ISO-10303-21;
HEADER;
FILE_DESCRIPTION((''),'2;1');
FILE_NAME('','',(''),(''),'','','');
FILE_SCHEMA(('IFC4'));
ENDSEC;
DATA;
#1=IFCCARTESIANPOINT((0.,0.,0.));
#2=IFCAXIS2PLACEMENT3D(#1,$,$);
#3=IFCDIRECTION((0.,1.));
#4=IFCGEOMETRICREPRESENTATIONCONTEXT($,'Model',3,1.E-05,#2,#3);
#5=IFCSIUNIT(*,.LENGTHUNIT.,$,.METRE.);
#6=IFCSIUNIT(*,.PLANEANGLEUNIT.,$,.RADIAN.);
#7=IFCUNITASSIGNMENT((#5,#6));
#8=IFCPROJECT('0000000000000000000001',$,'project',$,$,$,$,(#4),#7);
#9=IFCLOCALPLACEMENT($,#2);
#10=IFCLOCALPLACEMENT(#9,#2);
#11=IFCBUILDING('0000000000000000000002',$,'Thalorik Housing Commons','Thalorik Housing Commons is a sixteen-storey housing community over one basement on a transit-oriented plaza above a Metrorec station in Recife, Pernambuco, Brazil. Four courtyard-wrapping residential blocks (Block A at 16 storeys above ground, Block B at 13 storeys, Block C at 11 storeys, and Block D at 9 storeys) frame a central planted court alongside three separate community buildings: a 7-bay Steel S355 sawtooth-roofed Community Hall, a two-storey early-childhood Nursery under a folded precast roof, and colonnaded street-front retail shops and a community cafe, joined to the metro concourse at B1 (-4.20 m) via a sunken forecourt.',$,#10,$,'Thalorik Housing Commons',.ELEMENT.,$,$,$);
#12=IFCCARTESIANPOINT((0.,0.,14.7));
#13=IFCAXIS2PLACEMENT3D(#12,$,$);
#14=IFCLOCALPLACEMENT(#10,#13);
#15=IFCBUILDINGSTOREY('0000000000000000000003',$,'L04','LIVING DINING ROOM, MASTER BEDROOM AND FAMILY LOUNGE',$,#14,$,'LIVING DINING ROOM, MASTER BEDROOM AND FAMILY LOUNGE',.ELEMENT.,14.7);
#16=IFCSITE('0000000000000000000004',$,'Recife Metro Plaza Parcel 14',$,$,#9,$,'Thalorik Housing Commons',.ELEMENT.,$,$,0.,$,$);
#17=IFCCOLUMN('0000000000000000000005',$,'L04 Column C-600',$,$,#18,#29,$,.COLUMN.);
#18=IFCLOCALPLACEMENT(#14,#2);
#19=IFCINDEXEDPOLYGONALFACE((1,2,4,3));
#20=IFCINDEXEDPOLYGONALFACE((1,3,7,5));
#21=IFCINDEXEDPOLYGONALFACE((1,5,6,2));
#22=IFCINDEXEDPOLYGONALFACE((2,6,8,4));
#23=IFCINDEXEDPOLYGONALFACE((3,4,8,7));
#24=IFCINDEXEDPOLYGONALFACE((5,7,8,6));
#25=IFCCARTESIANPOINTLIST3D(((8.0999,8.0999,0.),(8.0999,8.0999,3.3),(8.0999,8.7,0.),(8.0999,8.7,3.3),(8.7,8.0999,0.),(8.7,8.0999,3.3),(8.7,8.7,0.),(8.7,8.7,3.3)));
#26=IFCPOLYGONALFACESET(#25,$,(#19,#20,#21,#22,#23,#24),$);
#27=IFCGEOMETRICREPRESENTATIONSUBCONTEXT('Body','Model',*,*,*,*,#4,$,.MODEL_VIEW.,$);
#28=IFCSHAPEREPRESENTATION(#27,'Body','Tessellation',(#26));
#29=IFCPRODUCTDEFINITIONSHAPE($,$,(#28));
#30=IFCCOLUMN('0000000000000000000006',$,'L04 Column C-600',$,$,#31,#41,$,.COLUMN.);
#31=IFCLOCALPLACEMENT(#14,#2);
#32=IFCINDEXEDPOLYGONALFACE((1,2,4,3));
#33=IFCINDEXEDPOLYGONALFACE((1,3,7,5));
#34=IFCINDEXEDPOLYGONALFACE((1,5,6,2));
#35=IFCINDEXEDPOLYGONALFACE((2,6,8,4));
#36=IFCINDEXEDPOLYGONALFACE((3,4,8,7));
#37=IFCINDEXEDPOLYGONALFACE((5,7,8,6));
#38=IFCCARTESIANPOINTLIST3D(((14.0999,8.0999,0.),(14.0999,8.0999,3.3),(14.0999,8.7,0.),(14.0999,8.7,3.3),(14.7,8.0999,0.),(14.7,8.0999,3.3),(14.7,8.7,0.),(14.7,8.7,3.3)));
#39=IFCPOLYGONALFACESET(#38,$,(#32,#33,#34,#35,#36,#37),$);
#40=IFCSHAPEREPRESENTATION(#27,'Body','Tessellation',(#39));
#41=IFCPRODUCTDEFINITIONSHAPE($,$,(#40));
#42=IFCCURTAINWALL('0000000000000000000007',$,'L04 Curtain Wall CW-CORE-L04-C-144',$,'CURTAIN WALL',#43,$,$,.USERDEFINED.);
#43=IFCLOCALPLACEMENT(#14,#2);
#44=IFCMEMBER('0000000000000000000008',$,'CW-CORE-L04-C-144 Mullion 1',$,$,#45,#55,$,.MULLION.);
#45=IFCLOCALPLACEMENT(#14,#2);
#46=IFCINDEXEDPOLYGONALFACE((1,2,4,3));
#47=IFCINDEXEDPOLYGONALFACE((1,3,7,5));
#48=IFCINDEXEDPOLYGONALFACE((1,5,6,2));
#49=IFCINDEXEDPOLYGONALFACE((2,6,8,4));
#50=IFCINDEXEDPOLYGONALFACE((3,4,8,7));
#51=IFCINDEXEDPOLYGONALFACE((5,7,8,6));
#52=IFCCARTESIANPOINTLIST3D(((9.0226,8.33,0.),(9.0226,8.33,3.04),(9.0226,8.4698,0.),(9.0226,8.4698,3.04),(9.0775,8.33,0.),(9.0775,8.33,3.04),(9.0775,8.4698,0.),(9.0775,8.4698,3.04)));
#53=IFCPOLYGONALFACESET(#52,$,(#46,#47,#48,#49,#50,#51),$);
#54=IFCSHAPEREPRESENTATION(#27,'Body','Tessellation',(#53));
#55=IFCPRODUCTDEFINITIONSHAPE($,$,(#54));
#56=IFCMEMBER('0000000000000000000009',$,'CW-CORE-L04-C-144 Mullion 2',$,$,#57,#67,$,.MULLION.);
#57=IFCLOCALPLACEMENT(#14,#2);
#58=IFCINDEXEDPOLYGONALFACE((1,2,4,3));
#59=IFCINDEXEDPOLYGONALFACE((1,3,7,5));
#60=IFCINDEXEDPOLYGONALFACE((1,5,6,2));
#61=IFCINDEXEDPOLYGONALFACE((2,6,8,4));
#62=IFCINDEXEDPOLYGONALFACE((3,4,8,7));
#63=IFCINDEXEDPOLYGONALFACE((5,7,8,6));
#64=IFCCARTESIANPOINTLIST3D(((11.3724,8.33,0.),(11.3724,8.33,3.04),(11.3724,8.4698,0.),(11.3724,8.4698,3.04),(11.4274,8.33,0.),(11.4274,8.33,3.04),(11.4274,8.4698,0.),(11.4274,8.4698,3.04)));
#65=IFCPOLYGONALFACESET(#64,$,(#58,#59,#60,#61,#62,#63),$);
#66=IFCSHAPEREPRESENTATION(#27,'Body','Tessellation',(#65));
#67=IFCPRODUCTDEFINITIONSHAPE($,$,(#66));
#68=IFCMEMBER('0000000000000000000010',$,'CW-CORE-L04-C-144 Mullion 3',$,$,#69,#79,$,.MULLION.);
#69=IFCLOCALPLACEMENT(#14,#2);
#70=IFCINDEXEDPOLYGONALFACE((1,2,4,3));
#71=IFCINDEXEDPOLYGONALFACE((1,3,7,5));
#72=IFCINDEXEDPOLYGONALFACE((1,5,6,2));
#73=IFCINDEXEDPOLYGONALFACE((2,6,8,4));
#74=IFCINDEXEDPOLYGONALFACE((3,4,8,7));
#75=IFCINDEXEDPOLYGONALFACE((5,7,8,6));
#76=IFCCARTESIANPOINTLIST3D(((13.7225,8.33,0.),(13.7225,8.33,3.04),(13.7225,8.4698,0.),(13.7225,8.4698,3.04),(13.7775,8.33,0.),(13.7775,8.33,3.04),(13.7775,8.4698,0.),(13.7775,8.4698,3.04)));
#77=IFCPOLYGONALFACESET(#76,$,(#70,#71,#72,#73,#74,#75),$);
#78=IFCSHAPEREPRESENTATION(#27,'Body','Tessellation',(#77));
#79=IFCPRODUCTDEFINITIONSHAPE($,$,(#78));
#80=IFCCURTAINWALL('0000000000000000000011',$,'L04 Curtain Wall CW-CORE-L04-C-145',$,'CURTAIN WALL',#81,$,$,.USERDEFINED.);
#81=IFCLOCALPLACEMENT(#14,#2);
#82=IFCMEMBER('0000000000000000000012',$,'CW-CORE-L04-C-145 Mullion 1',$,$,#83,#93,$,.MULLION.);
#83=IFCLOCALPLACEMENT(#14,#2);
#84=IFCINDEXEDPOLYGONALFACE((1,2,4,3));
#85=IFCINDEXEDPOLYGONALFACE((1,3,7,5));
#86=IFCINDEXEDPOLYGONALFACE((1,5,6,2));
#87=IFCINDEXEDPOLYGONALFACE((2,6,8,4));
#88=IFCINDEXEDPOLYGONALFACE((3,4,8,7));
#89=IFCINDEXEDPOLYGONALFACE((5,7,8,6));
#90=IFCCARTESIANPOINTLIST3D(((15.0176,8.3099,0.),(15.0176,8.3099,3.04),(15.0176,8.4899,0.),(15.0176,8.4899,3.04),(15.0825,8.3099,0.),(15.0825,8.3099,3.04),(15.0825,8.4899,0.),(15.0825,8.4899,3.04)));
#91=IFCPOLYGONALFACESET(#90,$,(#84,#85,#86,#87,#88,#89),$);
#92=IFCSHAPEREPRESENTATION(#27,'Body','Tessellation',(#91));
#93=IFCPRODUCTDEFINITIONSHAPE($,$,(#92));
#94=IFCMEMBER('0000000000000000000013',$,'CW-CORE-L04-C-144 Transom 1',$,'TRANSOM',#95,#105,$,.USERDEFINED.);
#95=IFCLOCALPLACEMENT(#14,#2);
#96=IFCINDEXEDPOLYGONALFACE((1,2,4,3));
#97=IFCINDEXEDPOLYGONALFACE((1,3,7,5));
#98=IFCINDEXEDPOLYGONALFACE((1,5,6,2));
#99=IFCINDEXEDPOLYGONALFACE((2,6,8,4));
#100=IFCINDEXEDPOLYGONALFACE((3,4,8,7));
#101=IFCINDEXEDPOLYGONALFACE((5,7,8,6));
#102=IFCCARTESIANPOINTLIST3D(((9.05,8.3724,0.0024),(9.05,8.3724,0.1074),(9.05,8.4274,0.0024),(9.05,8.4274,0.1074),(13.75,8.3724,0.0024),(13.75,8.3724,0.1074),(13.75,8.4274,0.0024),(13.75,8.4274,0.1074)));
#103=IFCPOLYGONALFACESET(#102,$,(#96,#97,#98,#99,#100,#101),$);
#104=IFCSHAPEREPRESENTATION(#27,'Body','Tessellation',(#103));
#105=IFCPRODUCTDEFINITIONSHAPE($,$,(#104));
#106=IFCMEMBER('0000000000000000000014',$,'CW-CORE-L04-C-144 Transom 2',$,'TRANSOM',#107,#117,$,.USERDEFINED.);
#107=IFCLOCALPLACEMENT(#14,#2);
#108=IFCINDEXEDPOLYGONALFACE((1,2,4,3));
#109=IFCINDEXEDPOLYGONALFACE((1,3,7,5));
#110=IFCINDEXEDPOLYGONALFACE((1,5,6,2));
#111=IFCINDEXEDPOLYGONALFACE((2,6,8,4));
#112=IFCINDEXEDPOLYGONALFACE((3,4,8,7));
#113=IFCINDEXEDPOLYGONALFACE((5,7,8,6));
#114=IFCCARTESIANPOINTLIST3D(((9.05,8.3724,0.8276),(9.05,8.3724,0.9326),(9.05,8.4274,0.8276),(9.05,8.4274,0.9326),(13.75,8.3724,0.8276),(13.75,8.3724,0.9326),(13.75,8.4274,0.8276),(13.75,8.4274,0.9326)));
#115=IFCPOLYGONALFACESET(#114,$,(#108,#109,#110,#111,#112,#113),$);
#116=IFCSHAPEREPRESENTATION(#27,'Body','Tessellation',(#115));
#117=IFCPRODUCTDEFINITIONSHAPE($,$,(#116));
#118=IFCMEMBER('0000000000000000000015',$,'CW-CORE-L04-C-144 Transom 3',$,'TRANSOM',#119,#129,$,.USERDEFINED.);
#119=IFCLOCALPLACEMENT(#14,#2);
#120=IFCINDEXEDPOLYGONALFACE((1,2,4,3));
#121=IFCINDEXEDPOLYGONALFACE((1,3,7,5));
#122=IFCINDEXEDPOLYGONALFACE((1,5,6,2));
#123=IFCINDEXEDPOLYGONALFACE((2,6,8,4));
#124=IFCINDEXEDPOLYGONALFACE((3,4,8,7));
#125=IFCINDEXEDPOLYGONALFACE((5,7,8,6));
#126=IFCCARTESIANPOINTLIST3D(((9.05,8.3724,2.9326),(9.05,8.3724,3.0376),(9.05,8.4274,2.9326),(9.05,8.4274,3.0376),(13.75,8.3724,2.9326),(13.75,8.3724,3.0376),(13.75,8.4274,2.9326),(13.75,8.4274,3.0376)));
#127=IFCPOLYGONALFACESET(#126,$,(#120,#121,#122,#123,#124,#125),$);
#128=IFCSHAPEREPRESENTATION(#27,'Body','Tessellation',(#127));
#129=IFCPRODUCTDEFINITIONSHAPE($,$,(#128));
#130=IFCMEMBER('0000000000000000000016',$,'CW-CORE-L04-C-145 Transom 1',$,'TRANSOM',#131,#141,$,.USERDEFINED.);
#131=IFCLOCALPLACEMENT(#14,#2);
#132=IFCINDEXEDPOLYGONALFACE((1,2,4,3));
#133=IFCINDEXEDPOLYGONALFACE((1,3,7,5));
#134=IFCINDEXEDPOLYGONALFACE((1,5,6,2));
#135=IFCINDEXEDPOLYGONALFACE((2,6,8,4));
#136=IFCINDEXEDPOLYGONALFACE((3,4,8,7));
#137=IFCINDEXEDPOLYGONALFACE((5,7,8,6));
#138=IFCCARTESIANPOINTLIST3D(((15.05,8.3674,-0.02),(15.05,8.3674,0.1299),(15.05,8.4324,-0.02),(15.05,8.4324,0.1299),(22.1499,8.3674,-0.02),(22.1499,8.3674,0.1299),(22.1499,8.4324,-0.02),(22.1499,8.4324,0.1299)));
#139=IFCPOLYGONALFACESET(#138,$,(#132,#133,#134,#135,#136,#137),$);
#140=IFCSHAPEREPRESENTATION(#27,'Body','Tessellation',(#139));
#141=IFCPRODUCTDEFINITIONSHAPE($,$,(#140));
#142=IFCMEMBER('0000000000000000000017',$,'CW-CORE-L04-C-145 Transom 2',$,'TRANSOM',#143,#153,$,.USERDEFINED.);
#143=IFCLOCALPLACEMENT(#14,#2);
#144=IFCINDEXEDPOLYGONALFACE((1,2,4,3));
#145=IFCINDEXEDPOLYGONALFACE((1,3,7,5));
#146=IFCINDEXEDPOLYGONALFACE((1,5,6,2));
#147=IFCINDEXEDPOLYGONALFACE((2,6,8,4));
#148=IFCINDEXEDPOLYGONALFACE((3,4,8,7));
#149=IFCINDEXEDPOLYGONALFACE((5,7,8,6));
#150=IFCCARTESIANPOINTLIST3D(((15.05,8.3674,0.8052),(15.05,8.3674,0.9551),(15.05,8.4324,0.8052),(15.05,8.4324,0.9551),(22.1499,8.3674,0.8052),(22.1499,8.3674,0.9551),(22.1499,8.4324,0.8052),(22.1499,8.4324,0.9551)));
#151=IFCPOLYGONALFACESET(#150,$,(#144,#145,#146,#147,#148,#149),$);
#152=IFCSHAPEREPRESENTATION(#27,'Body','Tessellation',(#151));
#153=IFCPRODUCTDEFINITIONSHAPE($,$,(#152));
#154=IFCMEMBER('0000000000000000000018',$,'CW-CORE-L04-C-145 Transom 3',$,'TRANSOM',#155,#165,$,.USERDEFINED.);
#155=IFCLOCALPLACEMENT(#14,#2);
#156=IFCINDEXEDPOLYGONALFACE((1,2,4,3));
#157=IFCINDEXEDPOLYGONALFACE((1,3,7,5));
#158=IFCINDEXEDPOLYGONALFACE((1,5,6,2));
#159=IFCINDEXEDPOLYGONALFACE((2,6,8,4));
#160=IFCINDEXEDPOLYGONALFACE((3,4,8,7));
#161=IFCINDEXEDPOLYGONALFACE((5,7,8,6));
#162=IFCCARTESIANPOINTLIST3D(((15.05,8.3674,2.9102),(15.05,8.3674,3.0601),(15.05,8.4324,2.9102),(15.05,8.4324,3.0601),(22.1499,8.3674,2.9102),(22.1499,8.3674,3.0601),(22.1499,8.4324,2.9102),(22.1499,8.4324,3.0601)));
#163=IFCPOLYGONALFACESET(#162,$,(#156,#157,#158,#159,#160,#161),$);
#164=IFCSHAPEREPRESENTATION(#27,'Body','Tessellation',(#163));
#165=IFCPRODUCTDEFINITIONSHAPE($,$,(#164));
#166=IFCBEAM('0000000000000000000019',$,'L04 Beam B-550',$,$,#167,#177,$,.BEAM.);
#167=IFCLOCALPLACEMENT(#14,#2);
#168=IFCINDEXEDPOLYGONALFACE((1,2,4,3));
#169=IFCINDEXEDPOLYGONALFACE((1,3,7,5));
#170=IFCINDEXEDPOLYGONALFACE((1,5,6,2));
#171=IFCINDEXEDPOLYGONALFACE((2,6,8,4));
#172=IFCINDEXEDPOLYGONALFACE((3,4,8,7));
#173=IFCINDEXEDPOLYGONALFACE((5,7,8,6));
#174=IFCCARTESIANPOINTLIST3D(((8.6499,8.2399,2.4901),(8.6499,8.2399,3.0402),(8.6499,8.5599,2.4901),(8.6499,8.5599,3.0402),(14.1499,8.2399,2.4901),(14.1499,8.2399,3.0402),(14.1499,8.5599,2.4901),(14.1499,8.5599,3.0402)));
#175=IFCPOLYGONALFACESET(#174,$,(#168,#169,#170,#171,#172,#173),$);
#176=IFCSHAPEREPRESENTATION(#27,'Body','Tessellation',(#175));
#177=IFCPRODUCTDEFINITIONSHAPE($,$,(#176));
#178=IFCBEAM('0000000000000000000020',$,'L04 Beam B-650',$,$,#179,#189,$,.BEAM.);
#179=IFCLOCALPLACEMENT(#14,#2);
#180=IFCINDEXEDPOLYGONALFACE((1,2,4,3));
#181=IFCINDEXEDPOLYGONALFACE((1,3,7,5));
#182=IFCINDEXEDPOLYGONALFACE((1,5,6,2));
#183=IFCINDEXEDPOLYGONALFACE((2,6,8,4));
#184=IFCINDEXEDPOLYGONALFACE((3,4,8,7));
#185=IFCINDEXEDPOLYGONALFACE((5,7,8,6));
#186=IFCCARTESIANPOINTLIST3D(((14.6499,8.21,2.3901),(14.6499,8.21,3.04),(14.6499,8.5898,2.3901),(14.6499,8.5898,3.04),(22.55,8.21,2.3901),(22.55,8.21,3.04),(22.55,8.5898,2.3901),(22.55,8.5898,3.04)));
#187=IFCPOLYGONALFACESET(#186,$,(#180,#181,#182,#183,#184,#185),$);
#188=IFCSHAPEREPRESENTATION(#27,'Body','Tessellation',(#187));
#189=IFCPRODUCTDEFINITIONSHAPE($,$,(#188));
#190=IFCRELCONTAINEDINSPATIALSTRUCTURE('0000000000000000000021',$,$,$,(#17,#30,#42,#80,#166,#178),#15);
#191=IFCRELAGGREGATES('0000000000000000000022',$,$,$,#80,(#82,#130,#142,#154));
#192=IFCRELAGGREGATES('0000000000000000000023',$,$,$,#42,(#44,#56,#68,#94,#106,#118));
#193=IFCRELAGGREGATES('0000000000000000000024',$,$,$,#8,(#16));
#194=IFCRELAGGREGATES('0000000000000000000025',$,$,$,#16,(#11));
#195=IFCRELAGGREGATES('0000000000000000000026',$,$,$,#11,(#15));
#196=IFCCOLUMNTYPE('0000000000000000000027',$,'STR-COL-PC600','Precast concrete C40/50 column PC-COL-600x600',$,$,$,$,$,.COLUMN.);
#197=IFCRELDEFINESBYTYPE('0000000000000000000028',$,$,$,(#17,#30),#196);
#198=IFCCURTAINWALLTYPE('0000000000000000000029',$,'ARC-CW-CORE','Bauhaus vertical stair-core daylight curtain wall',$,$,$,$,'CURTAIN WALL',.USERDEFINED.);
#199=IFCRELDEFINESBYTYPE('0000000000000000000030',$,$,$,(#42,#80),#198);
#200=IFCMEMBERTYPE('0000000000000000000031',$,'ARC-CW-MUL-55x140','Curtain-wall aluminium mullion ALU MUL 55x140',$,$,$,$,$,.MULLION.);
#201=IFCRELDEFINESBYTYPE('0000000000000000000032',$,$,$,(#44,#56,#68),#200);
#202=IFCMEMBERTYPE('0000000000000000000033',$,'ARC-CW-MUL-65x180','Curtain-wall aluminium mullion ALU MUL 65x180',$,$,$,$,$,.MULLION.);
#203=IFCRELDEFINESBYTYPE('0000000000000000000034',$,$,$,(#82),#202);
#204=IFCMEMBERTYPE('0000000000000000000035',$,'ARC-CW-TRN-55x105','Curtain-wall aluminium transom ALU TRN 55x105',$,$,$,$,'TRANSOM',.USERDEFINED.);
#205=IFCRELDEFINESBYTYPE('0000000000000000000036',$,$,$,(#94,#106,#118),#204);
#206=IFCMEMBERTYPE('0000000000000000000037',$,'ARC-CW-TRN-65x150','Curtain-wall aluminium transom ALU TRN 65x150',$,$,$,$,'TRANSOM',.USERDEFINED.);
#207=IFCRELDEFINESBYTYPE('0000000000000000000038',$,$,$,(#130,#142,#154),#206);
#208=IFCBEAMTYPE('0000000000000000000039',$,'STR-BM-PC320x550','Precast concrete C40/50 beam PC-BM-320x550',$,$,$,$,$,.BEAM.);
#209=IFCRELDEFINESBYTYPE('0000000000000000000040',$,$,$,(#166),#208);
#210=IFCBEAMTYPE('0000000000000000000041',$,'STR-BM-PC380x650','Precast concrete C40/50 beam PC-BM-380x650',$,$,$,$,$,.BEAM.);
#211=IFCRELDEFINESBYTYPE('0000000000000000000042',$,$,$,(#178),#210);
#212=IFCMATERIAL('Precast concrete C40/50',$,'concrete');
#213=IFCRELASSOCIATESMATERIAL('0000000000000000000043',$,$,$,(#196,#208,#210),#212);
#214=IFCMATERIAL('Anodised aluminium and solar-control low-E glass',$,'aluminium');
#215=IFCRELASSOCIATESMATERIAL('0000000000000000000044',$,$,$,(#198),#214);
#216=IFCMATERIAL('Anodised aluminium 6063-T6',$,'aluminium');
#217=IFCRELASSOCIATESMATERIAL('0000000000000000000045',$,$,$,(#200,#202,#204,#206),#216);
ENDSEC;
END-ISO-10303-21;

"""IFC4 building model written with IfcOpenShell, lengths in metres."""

from ifc_helpers import new_model, si_unit, direction, frame, origin, origin_2d, place, context, subcontext, project, spatial, rectangle, extrude, material, material_profile, profile_set, type_object, element, aggregate, save


model = new_model("IFC4")

# Units and contexts
model_context = context("Model", 3, precision=1e-05, world=origin(), true_north=direction((0.0, 1.0)))
body_context = subcontext(model_context, "Body", "Model", "MODEL_VIEW")
ifc_project = project(units=[si_unit("LENGTHUNIT", "METRE"), si_unit("PLANEANGLEUNIT", "RADIAN")], contexts=[model_context])

# Site, building, storey
site_placement = place(None, origin())
site = spatial("IfcSite", under=ifc_project, at=site_placement, Name="Recife Metro Plaza Parcel 14", LongName="Thalorik Housing Commons", CompositionType="ELEMENT", RefElevation=0.0)
building_placement = place(site_placement, origin())
building = spatial("IfcBuilding", under=site, at=building_placement, Name="Thalorik Housing Commons", Description="Thalorik Housing Commons is a sixteen-storey housing community over one basement on a transit-oriented plaza above a Metrorec station in Recife, Pernambuco, Brazil. Four courtyard-wrapping residential blocks (Block A at 16 storeys above ground, Block B at 13 storeys, Block C at 11 storeys, and Block D at 9 storeys) frame a central planted court alongside three separate community buildings: a 7-bay Steel S355 sawtooth-roofed Community Hall, a two-storey early-childhood Nursery under a folded precast roof, and colonnaded street-front retail shops and a community cafe, joined to the metro concourse at B1 (-4.20 m) via a sunken forecourt.", LongName="Thalorik Housing Commons", CompositionType="ELEMENT")
storey_placement = place(building_placement, frame((0.0, 0.0, 14.7)))
storey = spatial("IfcBuildingStorey", under=building, at=storey_placement, Name="L04", Description="LIVING DINING ROOM, MASTER BEDROOM AND FAMILY LOUNGE", LongName="LIVING DINING ROOM, MASTER BEDROOM AND FAMILY LOUNGE", CompositionType="ELEMENT", Elevation=14.7)

# Columns
ifc_material_1 = material(Name="Precast concrete C40/50", Category="concrete")
ifc_material_profile_1 = material_profile(ifc_material_1, rectangle(XDim=0.6001, YDim=0.6001, at=origin_2d()), Name="PC 600x600", Category="concrete")
ifc_profile_set_1 = profile_set([ifc_material_profile_1], Name="Precast concrete C40/50")
column_type = type_object("IfcColumnType", Name="STR-COL-PC600", Description="Precast concrete C40/50 column PC-COL-600x600", PredefinedType="COLUMN", material=ifc_profile_set_1)
for number, where, z_axis, x_axis, name in (
    (1, (8.3999, 8.3999, 0.0), (0.0, 0.0, 1.0), (1.0, 0.0, 0.0), "L04 Column C-600"),
    (2, (14.3999, 8.3999, 0.0), (0.0, 0.0, 1.0), (1.0, 0.0, 0.0), "L04 Column C-600"),
):
    element("IfcColumn", number, at=place(storey_placement, frame(where, z_axis=z_axis, x_axis=x_axis)), inside=storey, type_object=column_type, Name=name, PredefinedType="COLUMN", context=body_context, shape_type="SweptSolid", body=[
        extrude(rectangle(XDim=0.6001, YDim=0.6001, at=origin_2d()), origin(), (0.0, 0.0, 1.0), 3.3),
    ])

# Curtain wall, members
ifc_material_2 = material(Name="Anodised aluminium and solar-control low-E glass", Category="aluminium")
curtain_wall_type = type_object("IfcCurtainWallType", Name="ARC-CW-CORE", Description="Bauhaus vertical stair-core daylight curtain wall", ElementType="CURTAIN WALL", PredefinedType="USERDEFINED", material=ifc_material_2)
curtain_wall_1_placement = place(storey_placement, origin())
curtain_wall_1 = element("IfcCurtainWall", 3, at=curtain_wall_1_placement, inside=storey, type_object=curtain_wall_type, Name="L04 Curtain Wall CW-CORE-L04-C-144", ObjectType="CURTAIN WALL", PredefinedType="USERDEFINED")
ifc_material_3 = material(Name="Anodised aluminium 6063-T6", Category="aluminium")
ifc_material_profile_2 = material_profile(ifc_material_3, rectangle(XDim=0.0549, YDim=0.1399, at=origin_2d()), Name="ALU MUL 55x140", Category="aluminium")
ifc_profile_set_2 = profile_set([ifc_material_profile_2], Name="Anodised aluminium 6063-T6")
member_type_1 = type_object("IfcMemberType", Name="ARC-CW-MUL-55x140", Description="Curtain-wall aluminium mullion ALU MUL 55x140", PredefinedType="MULLION", material=ifc_profile_set_2)
member_1_placement = place(storey_placement, frame((9.05, 8.3999, 0.0), z_axis=(0.0, 0.0, 1.0), x_axis=(1.0, 0.0, 0.0)))
member_1 = element("IfcMember", 4, at=member_1_placement, type_object=member_type_1, Name="CW-CORE-L04-C-144 Mullion 1", PredefinedType="MULLION", context=body_context, shape_type="SweptSolid", body=[
    extrude(rectangle(XDim=0.0549, YDim=0.1399, at=origin_2d()), origin(), (0.0, 0.0, 1.0), 3.04),
])
member_2_placement = place(storey_placement, frame((11.3999, 8.3999, 0.0), z_axis=(0.0, 0.0, 1.0), x_axis=(1.0, 0.0, 0.0)))
member_2 = element("IfcMember", 5, at=member_2_placement, type_object=member_type_1, Name="CW-CORE-L04-C-144 Mullion 2", PredefinedType="MULLION", context=body_context, shape_type="SweptSolid", body=[
    extrude(rectangle(XDim=0.0549, YDim=0.1399, at=origin_2d()), origin(), (0.0, 0.0, 1.0), 3.04),
])
member_3_placement = place(storey_placement, frame((13.75, 8.3999, 0.0), z_axis=(0.0, 0.0, 1.0), x_axis=(1.0, 0.0, 0.0)))
member_3 = element("IfcMember", 6, at=member_3_placement, type_object=member_type_1, Name="CW-CORE-L04-C-144 Mullion 3", PredefinedType="MULLION", context=body_context, shape_type="SweptSolid", body=[
    extrude(rectangle(XDim=0.0549, YDim=0.1399, at=origin_2d()), origin(), (0.0, 0.0, 1.0), 3.04),
])

# Curtain wall, member
curtain_wall_2_placement = place(storey_placement, origin())
curtain_wall_2 = element("IfcCurtainWall", 7, at=curtain_wall_2_placement, inside=storey, type_object=curtain_wall_type, Name="L04 Curtain Wall CW-CORE-L04-C-145", ObjectType="CURTAIN WALL", PredefinedType="USERDEFINED")
ifc_material_profile_3 = material_profile(ifc_material_3, rectangle(XDim=0.0649, YDim=0.1799, at=origin_2d()), Name="ALU MUL 65x180", Category="aluminium")
ifc_profile_set_3 = profile_set([ifc_material_profile_3], Name="Anodised aluminium 6063-T6")
member_type_2 = type_object("IfcMemberType", Name="ARC-CW-MUL-65x180", Description="Curtain-wall aluminium mullion ALU MUL 65x180", PredefinedType="MULLION", material=ifc_profile_set_3)
member_4_placement = place(storey_placement, frame((15.05, 8.3999, 0.0), z_axis=(0.0, 0.0, 1.0), x_axis=(1.0, 0.0, 0.0)))
member_4 = element("IfcMember", 8, at=member_4_placement, type_object=member_type_2, Name="CW-CORE-L04-C-145 Mullion 1", PredefinedType="MULLION", context=body_context, shape_type="SweptSolid", body=[
    extrude(rectangle(XDim=0.0649, YDim=0.1799, at=origin_2d()), origin(), (0.0, 0.0, 1.0), 3.04),
])

# Members
ifc_material_profile_4 = material_profile(ifc_material_3, rectangle(XDim=0.0549, YDim=0.105, at=origin_2d()), Name="ALU TRN 55x105", Category="aluminium")
ifc_profile_set_4 = profile_set([ifc_material_profile_4], Name="Anodised aluminium 6063-T6")
member_type_3 = type_object("IfcMemberType", Name="ARC-CW-TRN-55x105", Description="Curtain-wall aluminium transom ALU TRN 55x105", ElementType="TRANSOM", PredefinedType="USERDEFINED", material=ifc_profile_set_4)
member_5_placement = place(storey_placement, frame((9.05, 8.3999, 0.0549), z_axis=(1.0, 0.0, 0.0), x_axis=(0.0, 1.0, 0.0)))
member_5 = element("IfcMember", 9, at=member_5_placement, type_object=member_type_3, Name="CW-CORE-L04-C-144 Transom 1", ObjectType="TRANSOM", PredefinedType="USERDEFINED", context=body_context, shape_type="SweptSolid", body=[
    extrude(rectangle(XDim=0.0549, YDim=0.105, at=origin_2d()), origin(), (0.0, 0.0, 1.0), 4.7),
])
member_6_placement = place(storey_placement, frame((9.05, 8.3999, 0.8801), z_axis=(1.0, 0.0, 0.0), x_axis=(0.0, 1.0, 0.0)))
member_6 = element("IfcMember", 10, at=member_6_placement, type_object=member_type_3, Name="CW-CORE-L04-C-144 Transom 2", ObjectType="TRANSOM", PredefinedType="USERDEFINED", context=body_context, shape_type="SweptSolid", body=[
    extrude(rectangle(XDim=0.0549, YDim=0.105, at=origin_2d()), origin(), (0.0, 0.0, 1.0), 4.7),
])
member_7_placement = place(storey_placement, frame((9.05, 8.3999, 2.9851), z_axis=(1.0, 0.0, 0.0), x_axis=(0.0, 1.0, 0.0)))
member_7 = element("IfcMember", 11, at=member_7_placement, type_object=member_type_3, Name="CW-CORE-L04-C-144 Transom 3", ObjectType="TRANSOM", PredefinedType="USERDEFINED", context=body_context, shape_type="SweptSolid", body=[
    extrude(rectangle(XDim=0.0549, YDim=0.105, at=origin_2d()), origin(), (0.0, 0.0, 1.0), 4.7),
])
ifc_material_profile_5 = material_profile(ifc_material_3, rectangle(XDim=0.0649, YDim=0.1499, at=origin_2d()), Name="ALU TRN 65x150", Category="aluminium")
ifc_profile_set_5 = profile_set([ifc_material_profile_5], Name="Anodised aluminium 6063-T6")
member_type_4 = type_object("IfcMemberType", Name="ARC-CW-TRN-65x150", Description="Curtain-wall aluminium transom ALU TRN 65x150", ElementType="TRANSOM", PredefinedType="USERDEFINED", material=ifc_profile_set_5)
member_8_placement = place(storey_placement, frame((15.05, 8.3999, 0.0549), z_axis=(1.0, 0.0, 0.0), x_axis=(0.0, 1.0, 0.0)))
member_8 = element("IfcMember", 12, at=member_8_placement, type_object=member_type_4, Name="CW-CORE-L04-C-145 Transom 1", ObjectType="TRANSOM", PredefinedType="USERDEFINED", context=body_context, shape_type="SweptSolid", body=[
    extrude(rectangle(XDim=0.0649, YDim=0.1499, at=origin_2d()), origin(), (0.0, 0.0, 1.0), 7.0999),
])
member_9_placement = place(storey_placement, frame((15.05, 8.3999, 0.8801), z_axis=(1.0, 0.0, 0.0), x_axis=(0.0, 1.0, 0.0)))
member_9 = element("IfcMember", 13, at=member_9_placement, type_object=member_type_4, Name="CW-CORE-L04-C-145 Transom 2", ObjectType="TRANSOM", PredefinedType="USERDEFINED", context=body_context, shape_type="SweptSolid", body=[
    extrude(rectangle(XDim=0.0649, YDim=0.1499, at=origin_2d()), origin(), (0.0, 0.0, 1.0), 7.0999),
])
member_10_placement = place(storey_placement, frame((15.05, 8.3999, 2.9851), z_axis=(1.0, 0.0, 0.0), x_axis=(0.0, 1.0, 0.0)))
member_10 = element("IfcMember", 14, at=member_10_placement, type_object=member_type_4, Name="CW-CORE-L04-C-145 Transom 3", ObjectType="TRANSOM", PredefinedType="USERDEFINED", context=body_context, shape_type="SweptSolid", body=[
    extrude(rectangle(XDim=0.0649, YDim=0.1499, at=origin_2d()), origin(), (0.0, 0.0, 1.0), 7.0999),
])

# Beams
ifc_material_profile_6 = material_profile(ifc_material_1, rectangle(XDim=0.3201, YDim=0.55, at=origin_2d()), Name="PC 320x550", Category="concrete")
ifc_profile_set_6 = profile_set([ifc_material_profile_6], Name="Precast concrete C40/50")
beam_type_1 = type_object("IfcBeamType", Name="STR-BM-PC320x550", Description="Precast concrete C40/50 beam PC-BM-320x550", PredefinedType="BEAM", material=ifc_profile_set_6)
beam_1_placement = place(storey_placement, frame((8.6499, 8.3999, 2.7651), z_axis=(1.0, 0.0, 0.0), x_axis=(0.0, 1.0, 0.0)))
element("IfcBeam", 15, at=beam_1_placement, inside=storey, type_object=beam_type_1, Name="L04 Beam B-550", PredefinedType="BEAM", context=body_context, shape_type="SweptSolid", body=[
    extrude(rectangle(XDim=0.3201, YDim=0.55, at=origin_2d()), origin(), (0.0, 0.0, 1.0), 5.5),
])
ifc_material_profile_7 = material_profile(ifc_material_1, rectangle(XDim=0.3799, YDim=0.6499, at=origin_2d()), Name="PC 380x650", Category="concrete")
ifc_profile_set_7 = profile_set([ifc_material_profile_7], Name="Precast concrete C40/50")
beam_type_2 = type_object("IfcBeamType", Name="STR-BM-PC380x650", Description="Precast concrete C40/50 beam PC-BM-380x650", PredefinedType="BEAM", material=ifc_profile_set_7)
beam_2_placement = place(storey_placement, frame((14.6499, 8.3999, 2.7151), z_axis=(1.0, 0.0, 0.0), x_axis=(0.0, 1.0, 0.0)))
element("IfcBeam", 16, at=beam_2_placement, inside=storey, type_object=beam_type_2, Name="L04 Beam B-650", PredefinedType="BEAM", context=body_context, shape_type="SweptSolid", body=[
    extrude(rectangle(XDim=0.3799, YDim=0.6499, at=origin_2d()), origin(), (0.0, 0.0, 1.0), 7.9001),
])

aggregate(curtain_wall_2, [member_4, member_8, member_9, member_10])
aggregate(curtain_wall_1, [member_1, member_2, member_3, member_5, member_6, member_7])

save(model, "model.ifc")
